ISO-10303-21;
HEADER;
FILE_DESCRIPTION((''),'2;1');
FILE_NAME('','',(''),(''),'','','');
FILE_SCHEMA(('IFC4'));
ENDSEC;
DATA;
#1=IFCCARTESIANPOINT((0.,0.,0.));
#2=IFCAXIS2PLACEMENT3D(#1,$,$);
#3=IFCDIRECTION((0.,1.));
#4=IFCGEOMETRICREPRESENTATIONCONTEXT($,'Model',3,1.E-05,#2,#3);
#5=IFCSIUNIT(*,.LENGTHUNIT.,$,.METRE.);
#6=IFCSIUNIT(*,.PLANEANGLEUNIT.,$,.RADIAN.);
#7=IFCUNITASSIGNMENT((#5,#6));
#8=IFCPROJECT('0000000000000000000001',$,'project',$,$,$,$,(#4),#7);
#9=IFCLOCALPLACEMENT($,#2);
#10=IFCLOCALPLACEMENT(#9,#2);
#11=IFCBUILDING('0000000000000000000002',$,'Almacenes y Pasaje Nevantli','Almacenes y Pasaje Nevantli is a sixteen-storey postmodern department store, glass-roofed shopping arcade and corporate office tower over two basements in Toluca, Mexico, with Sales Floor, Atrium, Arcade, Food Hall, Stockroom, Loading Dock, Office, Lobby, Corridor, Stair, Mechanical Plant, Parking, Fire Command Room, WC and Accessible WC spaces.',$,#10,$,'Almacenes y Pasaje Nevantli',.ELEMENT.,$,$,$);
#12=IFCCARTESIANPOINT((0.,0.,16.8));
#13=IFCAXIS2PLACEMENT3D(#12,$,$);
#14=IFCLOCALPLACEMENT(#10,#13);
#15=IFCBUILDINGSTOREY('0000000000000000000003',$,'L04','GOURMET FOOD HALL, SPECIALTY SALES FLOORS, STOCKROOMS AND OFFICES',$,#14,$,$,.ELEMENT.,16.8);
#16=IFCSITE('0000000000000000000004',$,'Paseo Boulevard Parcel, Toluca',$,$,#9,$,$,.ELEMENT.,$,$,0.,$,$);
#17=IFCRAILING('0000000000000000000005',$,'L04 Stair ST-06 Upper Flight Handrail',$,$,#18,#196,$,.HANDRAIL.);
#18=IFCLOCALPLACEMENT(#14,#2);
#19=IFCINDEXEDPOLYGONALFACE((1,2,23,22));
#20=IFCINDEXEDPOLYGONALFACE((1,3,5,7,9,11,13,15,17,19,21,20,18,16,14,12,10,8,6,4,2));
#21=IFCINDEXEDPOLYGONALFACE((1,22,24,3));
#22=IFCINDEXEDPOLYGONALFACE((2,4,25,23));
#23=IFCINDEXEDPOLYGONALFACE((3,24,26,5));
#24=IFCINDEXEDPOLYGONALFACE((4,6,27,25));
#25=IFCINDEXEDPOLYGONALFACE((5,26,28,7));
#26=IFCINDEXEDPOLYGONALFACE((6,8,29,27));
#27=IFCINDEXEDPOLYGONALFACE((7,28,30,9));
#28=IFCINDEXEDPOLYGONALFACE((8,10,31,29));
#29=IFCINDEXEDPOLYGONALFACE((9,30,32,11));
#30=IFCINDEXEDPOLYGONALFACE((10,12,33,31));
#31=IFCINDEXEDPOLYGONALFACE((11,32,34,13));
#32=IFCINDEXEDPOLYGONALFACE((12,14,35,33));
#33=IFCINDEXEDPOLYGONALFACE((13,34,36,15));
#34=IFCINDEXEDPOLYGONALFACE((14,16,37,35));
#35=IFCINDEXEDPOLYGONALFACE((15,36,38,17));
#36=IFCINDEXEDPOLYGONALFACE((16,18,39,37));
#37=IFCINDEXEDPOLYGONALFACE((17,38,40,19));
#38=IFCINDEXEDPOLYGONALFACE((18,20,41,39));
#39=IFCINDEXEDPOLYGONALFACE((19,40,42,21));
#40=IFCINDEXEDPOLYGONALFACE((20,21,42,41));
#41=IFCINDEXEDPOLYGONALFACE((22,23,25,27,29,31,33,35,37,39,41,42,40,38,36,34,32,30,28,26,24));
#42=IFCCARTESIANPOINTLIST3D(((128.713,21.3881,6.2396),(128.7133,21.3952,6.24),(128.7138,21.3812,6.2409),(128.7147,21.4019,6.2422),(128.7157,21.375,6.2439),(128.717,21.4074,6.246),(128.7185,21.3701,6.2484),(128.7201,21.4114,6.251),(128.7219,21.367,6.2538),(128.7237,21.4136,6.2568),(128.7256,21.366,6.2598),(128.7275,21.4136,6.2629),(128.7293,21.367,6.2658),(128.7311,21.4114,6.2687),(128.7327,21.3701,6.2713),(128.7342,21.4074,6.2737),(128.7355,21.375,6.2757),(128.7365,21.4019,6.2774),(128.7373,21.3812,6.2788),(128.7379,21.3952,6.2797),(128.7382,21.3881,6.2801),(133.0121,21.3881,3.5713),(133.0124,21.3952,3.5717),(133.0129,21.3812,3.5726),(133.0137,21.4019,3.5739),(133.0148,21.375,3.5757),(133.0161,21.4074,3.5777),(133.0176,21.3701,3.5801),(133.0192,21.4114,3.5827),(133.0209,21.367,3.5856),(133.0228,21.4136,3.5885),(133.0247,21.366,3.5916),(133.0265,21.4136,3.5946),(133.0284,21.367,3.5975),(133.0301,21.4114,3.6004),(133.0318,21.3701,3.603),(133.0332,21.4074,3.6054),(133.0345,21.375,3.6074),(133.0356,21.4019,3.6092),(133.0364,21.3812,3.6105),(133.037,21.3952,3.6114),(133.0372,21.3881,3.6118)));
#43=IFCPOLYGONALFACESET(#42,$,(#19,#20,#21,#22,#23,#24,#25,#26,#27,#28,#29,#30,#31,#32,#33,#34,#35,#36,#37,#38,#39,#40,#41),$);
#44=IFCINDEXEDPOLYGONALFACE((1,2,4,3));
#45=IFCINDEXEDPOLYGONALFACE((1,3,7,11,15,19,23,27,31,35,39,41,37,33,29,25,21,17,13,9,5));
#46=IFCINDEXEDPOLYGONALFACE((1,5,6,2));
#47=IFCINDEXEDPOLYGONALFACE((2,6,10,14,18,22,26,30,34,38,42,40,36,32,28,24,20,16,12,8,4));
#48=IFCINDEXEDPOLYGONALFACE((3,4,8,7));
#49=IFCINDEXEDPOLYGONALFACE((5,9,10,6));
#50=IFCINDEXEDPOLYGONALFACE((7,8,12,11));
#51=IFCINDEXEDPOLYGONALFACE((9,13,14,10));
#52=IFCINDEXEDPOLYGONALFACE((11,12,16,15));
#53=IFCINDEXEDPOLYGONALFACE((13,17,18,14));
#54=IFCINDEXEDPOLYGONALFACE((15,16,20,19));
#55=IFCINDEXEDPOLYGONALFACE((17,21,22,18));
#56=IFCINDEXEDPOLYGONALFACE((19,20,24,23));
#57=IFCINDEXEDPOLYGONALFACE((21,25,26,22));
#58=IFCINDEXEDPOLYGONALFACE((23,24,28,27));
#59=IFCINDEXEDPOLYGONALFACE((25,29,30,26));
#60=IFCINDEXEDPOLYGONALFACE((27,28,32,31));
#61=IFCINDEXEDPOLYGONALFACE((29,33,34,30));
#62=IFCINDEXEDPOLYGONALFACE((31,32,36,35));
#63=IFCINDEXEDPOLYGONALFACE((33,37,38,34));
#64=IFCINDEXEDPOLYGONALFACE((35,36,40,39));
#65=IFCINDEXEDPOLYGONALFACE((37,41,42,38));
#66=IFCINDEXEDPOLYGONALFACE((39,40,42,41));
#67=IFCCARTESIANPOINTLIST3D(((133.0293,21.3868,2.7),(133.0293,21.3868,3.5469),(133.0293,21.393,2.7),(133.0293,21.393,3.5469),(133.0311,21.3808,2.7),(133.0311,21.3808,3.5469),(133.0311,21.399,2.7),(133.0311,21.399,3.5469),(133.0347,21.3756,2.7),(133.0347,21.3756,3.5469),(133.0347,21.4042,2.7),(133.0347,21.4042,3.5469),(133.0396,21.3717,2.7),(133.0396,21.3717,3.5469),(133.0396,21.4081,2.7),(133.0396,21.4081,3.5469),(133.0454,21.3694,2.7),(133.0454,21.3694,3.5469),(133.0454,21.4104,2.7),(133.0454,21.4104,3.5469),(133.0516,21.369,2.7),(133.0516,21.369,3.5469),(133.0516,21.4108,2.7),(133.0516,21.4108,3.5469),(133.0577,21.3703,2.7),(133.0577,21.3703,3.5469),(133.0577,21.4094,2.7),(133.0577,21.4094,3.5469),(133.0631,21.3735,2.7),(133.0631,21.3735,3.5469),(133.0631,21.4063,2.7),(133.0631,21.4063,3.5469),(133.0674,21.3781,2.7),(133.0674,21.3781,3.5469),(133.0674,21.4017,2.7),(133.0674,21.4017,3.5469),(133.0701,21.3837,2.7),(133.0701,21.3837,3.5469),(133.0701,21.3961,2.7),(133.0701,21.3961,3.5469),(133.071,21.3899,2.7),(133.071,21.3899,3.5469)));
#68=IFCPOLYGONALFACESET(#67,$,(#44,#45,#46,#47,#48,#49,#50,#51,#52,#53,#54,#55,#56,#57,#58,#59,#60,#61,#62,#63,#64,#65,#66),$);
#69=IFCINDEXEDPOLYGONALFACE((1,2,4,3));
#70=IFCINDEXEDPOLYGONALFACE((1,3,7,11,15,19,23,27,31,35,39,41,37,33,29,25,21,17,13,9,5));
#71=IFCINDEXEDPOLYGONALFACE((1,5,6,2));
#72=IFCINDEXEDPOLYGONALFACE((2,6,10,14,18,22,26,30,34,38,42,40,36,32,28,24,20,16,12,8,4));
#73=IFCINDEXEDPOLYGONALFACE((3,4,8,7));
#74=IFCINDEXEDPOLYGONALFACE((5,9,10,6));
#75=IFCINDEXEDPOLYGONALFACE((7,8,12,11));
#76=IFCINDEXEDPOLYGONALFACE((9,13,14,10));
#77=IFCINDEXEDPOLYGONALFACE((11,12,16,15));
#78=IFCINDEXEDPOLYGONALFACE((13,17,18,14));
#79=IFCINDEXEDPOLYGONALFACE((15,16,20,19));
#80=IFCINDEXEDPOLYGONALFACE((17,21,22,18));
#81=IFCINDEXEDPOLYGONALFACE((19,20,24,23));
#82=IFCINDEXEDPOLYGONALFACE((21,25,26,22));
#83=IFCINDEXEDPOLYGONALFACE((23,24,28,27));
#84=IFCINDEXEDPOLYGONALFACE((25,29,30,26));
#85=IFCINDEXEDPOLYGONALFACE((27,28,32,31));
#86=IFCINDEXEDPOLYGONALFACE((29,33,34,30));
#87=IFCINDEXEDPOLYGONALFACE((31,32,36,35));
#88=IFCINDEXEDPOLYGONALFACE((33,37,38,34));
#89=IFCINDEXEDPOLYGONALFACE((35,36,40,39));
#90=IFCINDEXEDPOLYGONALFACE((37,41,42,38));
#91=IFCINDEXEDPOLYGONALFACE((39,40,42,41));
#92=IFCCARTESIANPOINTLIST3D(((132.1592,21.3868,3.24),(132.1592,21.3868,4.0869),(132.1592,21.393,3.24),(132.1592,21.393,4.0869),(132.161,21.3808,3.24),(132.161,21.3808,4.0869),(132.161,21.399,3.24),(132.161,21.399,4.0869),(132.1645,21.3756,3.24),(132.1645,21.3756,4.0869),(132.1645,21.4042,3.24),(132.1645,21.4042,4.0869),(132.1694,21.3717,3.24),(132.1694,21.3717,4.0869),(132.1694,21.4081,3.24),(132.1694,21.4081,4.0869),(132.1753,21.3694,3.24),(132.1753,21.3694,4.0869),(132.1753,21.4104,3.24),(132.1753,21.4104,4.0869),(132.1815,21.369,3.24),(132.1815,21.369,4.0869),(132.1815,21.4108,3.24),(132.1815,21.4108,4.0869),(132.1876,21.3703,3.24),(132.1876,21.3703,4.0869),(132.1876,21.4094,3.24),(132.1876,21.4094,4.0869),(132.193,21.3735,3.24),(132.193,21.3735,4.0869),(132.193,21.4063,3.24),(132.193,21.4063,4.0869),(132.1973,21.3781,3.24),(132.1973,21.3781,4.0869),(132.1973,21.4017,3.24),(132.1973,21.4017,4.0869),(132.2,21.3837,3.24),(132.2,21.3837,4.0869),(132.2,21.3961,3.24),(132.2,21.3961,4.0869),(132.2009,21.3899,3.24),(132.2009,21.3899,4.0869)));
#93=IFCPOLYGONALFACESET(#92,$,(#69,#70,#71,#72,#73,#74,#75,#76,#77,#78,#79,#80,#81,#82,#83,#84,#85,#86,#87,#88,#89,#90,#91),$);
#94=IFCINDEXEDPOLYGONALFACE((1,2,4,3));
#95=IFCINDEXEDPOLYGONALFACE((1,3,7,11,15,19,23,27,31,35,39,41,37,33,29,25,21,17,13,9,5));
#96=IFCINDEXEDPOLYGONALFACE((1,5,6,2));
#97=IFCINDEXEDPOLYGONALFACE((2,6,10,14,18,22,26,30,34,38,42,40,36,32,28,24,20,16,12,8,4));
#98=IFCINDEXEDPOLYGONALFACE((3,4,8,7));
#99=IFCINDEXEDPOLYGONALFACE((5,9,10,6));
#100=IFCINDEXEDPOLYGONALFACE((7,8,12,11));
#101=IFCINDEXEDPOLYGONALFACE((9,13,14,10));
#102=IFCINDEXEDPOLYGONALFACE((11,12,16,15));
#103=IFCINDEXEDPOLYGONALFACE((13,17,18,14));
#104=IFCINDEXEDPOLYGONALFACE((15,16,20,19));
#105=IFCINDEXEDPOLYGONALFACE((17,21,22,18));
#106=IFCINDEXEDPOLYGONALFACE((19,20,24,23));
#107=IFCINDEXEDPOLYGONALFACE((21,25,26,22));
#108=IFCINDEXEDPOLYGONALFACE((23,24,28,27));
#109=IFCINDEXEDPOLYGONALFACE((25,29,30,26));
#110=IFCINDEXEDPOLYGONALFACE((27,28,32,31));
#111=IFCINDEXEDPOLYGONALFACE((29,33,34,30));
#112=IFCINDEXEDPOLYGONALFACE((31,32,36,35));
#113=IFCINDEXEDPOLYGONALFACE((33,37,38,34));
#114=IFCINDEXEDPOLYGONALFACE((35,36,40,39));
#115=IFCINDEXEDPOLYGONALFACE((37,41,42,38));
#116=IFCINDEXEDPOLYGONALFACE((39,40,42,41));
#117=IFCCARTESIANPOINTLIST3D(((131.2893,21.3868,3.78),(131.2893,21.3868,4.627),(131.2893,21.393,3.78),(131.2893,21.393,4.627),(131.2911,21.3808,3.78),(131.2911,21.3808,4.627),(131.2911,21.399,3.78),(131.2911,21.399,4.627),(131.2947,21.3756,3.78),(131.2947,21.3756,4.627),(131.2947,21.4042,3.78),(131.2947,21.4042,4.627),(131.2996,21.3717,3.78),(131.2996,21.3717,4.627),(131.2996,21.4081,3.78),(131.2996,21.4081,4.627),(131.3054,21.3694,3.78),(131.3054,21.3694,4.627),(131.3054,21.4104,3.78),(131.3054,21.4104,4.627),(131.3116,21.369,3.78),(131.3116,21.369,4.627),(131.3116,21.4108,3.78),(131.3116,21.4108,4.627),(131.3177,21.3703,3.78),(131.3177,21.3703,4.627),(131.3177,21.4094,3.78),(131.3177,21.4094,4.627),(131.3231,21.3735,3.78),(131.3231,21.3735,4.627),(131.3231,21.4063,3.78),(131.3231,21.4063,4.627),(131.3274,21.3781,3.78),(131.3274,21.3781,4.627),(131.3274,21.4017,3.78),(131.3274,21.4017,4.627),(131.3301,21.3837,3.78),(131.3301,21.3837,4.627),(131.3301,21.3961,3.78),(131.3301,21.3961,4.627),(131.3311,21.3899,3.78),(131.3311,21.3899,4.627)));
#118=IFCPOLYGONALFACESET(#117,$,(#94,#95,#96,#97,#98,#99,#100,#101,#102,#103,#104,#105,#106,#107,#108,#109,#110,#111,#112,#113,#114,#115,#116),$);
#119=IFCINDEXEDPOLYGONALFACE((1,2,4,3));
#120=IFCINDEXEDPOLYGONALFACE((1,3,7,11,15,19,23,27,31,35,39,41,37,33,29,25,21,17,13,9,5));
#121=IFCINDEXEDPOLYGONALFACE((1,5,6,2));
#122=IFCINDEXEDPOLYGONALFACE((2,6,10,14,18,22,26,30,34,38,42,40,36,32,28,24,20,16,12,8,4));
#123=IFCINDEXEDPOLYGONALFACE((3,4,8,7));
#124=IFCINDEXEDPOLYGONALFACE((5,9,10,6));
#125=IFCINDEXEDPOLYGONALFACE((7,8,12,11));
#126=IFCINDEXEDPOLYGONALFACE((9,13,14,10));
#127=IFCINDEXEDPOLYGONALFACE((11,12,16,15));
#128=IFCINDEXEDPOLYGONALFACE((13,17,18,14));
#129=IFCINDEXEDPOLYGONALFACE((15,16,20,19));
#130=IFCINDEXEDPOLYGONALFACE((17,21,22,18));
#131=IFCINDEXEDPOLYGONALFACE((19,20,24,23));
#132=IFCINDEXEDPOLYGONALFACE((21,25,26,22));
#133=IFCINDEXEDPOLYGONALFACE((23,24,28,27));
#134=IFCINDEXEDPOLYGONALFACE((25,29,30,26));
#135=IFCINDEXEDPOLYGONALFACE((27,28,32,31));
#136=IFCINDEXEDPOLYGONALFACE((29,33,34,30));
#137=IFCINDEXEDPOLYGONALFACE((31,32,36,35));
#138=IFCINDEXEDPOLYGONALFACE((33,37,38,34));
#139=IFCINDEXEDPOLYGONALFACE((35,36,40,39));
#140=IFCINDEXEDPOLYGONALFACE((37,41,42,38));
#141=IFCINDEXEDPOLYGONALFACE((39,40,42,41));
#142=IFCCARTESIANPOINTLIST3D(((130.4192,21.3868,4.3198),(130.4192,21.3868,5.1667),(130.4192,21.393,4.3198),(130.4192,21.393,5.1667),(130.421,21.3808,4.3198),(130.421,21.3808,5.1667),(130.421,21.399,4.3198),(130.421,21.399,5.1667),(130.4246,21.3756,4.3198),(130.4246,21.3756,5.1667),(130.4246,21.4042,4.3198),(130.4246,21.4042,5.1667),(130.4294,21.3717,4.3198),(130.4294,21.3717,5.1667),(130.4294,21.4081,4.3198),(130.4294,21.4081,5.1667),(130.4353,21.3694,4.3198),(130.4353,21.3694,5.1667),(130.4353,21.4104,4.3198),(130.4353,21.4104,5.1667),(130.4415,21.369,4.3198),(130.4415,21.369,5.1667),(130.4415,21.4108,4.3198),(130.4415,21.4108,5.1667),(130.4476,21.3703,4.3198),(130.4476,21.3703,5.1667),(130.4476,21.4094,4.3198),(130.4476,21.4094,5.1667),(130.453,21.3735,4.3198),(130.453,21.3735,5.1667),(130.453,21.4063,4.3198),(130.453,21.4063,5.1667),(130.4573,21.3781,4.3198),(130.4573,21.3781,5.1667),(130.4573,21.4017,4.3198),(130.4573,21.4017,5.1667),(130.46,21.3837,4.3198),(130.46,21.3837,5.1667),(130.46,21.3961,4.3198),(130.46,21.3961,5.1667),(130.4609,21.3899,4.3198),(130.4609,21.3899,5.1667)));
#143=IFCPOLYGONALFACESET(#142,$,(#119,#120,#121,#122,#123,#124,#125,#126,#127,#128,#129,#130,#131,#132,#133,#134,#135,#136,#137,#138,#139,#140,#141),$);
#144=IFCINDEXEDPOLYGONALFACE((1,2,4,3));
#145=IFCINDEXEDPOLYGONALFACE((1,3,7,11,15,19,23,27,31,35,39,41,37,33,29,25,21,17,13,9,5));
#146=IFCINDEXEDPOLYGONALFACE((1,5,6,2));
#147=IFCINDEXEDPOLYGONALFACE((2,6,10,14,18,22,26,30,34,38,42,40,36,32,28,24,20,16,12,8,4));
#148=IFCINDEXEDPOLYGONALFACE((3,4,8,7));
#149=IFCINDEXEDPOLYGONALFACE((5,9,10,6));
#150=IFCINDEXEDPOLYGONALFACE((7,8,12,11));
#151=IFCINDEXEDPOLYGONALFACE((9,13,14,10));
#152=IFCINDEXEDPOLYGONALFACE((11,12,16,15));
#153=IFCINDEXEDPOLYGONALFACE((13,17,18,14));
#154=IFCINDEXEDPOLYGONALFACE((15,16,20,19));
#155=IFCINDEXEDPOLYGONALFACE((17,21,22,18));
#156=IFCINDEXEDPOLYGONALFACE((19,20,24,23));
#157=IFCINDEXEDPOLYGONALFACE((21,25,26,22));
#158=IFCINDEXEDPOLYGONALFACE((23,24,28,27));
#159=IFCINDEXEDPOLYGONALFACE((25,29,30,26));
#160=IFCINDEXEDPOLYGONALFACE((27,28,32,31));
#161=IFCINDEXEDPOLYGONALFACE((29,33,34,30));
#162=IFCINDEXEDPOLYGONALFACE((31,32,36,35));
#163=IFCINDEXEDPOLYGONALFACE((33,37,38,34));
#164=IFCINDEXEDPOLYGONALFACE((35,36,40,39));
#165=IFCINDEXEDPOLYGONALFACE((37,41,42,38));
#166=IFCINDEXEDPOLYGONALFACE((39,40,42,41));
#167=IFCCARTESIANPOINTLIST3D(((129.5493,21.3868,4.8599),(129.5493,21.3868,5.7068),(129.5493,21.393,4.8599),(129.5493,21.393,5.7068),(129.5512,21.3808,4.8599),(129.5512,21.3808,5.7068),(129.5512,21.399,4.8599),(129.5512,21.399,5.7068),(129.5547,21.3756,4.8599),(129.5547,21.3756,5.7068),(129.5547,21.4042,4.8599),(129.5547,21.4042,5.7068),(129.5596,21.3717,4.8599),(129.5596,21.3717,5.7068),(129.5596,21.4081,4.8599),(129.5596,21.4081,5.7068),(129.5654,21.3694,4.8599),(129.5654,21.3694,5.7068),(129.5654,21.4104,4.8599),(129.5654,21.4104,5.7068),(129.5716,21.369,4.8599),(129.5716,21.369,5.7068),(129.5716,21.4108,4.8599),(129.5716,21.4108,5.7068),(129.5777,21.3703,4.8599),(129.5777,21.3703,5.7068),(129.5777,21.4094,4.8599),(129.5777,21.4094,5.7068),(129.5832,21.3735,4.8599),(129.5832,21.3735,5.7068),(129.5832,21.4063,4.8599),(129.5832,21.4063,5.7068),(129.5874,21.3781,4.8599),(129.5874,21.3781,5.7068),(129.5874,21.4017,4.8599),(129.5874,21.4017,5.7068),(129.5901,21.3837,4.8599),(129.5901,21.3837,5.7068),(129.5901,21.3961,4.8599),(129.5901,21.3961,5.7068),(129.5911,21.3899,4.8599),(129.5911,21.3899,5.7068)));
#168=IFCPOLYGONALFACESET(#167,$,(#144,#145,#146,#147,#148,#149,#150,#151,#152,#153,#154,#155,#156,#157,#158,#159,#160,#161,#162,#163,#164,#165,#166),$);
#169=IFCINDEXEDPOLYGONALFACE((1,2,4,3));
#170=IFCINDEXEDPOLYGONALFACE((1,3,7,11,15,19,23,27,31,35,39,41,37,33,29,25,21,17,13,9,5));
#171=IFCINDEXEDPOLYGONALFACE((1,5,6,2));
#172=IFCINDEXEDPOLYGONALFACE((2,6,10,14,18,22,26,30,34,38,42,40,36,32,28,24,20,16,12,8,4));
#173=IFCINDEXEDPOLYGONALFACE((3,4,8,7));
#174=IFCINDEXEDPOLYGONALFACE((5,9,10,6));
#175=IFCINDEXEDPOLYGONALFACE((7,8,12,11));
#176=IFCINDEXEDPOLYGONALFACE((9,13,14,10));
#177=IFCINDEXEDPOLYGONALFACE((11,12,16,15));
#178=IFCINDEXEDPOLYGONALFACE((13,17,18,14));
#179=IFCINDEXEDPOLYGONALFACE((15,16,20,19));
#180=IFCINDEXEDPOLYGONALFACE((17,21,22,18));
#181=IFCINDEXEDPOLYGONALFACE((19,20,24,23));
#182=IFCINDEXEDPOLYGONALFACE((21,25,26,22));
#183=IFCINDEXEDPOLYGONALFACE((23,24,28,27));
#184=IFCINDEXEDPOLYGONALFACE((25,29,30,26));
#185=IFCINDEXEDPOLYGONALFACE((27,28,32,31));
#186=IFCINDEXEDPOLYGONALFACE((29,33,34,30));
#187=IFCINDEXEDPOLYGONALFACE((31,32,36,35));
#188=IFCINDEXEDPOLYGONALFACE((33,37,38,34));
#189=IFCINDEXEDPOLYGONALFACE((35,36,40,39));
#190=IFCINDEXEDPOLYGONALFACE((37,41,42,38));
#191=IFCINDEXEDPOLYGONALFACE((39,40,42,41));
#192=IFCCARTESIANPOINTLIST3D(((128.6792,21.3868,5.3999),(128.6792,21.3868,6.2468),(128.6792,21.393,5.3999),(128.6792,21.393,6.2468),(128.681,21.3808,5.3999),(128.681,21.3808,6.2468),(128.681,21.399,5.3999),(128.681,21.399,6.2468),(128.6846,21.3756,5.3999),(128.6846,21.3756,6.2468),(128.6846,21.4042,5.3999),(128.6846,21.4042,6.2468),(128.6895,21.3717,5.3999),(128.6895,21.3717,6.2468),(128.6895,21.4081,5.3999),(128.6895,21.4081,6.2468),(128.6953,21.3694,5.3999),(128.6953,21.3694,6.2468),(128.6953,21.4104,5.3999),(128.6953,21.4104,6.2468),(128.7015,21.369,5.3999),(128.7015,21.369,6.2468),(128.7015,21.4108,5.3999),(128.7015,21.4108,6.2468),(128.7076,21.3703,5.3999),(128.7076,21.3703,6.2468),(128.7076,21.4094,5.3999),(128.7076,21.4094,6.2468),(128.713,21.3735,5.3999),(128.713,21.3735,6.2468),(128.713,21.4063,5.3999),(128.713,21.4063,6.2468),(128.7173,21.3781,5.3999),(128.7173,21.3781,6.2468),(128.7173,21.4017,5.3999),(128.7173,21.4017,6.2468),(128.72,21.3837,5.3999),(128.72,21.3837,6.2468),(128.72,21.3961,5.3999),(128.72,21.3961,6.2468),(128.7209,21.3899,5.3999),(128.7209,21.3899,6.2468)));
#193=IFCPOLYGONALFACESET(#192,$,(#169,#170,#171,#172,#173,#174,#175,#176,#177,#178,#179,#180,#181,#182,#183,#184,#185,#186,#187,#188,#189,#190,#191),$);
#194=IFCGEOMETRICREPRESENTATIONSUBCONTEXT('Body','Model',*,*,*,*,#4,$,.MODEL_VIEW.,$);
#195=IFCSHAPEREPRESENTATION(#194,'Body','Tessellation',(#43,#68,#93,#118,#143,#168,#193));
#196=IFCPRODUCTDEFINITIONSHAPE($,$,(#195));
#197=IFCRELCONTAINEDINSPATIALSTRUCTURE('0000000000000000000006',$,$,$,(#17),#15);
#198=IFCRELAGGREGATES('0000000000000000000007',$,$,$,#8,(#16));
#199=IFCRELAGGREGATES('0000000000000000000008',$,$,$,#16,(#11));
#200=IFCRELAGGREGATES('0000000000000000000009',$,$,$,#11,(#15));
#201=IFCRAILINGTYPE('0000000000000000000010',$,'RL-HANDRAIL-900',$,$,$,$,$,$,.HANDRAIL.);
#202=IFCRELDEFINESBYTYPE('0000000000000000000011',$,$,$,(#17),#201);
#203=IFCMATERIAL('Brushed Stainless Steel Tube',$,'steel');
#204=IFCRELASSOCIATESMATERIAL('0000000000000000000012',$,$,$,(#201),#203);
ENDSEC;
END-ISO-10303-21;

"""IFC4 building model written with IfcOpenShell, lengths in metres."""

from ifc_helpers import new_model, si_unit, direction, frame, origin, origin_2d, place, context, subcontext, project, spatial, circle, extrude, material, type_object, element, save


model = new_model("IFC4")

# Units and contexts
model_context = context("Model", 3, precision=1e-05, world=origin(), true_north=direction((0.0, 1.0)))
body_context = subcontext(model_context, "Body", "Model", "MODEL_VIEW")
ifc_project = project(units=[si_unit("LENGTHUNIT", "METRE"), si_unit("PLANEANGLEUNIT", "RADIAN")], contexts=[model_context])

# Site, building, storey
site_placement = place(None, origin())
site = spatial("IfcSite", under=ifc_project, at=site_placement, Name="Paseo Boulevard Parcel, Toluca", CompositionType="ELEMENT", RefElevation=0.0)
building_placement = place(site_placement, origin())
building = spatial("IfcBuilding", under=site, at=building_placement, Name="Almacenes y Pasaje Nevantli", Description="Almacenes y Pasaje Nevantli is a sixteen-storey postmodern department store, glass-roofed shopping arcade and corporate office tower over two basements in Toluca, Mexico, with Sales Floor, Atrium, Arcade, Food Hall, Stockroom, Loading Dock, Office, Lobby, Corridor, Stair, Mechanical Plant, Parking, Fire Command Room, WC and Accessible WC spaces.", LongName="Almacenes y Pasaje Nevantli", CompositionType="ELEMENT")
storey_placement = place(building_placement, frame((0.0, 0.0, 16.8)))
storey = spatial("IfcBuildingStorey", under=building, at=storey_placement, Name="L04", Description="GOURMET FOOD HALL, SPECIALTY SALES FLOORS, STOCKROOMS AND OFFICES", CompositionType="ELEMENT", Elevation=16.8)

# Railing
ifc_material_1 = material(Name="Brushed Stainless Steel Tube", Category="steel")
railing_type_1 = type_object("IfcRailingType", Name="RL-HANDRAIL-900", PredefinedType="HANDRAIL", material=ifc_material_1)
railing_1_placement = place(storey_placement, frame((133.05, 21.3899, 2.7)))
element("IfcRailing", 1, at=railing_1_placement, inside=storey, type_object=railing_type_1, Name="L04 Stair ST-06 Upper Flight Handrail", PredefinedType="HANDRAIL", context=body_context, shape_type="SweptSolid", body=[
    extrude(circle(Radius=0.0239, at=origin_2d()), frame((-0.0254, 0.0, 0.8916), z_axis=(-0.84965, 0.0, 0.527347), x_axis=(0.0, -1.0, 0.0)), (0.0, 0.0, 1.0), 5.0598),
    extrude(circle(Radius=0.021, at=origin_2d()), origin(), (0.0, 0.0, 1.0), 0.8469),
    extrude(circle(Radius=0.021, at=origin_2d()), frame((-0.8701, 0.0, 0.54)), (0.0, 0.0, 1.0), 0.8469),
    extrude(circle(Radius=0.021, at=origin_2d()), frame((-1.74, 0.0, 1.0801)), (0.0, 0.0, 1.0), 0.8469),
    extrude(circle(Radius=0.021, at=origin_2d()), frame((-2.6101, 0.0, 1.6199)), (0.0, 0.0, 1.0), 0.8469),
    extrude(circle(Radius=0.021, at=origin_2d()), frame((-3.48, 0.0, 2.1599)), (0.0, 0.0, 1.0), 0.8469),
    extrude(circle(Radius=0.021, at=origin_2d()), frame((-4.3501, 0.0, 2.7)), (0.0, 0.0, 1.0), 0.8469),
])

save(model, "model.ifc")
